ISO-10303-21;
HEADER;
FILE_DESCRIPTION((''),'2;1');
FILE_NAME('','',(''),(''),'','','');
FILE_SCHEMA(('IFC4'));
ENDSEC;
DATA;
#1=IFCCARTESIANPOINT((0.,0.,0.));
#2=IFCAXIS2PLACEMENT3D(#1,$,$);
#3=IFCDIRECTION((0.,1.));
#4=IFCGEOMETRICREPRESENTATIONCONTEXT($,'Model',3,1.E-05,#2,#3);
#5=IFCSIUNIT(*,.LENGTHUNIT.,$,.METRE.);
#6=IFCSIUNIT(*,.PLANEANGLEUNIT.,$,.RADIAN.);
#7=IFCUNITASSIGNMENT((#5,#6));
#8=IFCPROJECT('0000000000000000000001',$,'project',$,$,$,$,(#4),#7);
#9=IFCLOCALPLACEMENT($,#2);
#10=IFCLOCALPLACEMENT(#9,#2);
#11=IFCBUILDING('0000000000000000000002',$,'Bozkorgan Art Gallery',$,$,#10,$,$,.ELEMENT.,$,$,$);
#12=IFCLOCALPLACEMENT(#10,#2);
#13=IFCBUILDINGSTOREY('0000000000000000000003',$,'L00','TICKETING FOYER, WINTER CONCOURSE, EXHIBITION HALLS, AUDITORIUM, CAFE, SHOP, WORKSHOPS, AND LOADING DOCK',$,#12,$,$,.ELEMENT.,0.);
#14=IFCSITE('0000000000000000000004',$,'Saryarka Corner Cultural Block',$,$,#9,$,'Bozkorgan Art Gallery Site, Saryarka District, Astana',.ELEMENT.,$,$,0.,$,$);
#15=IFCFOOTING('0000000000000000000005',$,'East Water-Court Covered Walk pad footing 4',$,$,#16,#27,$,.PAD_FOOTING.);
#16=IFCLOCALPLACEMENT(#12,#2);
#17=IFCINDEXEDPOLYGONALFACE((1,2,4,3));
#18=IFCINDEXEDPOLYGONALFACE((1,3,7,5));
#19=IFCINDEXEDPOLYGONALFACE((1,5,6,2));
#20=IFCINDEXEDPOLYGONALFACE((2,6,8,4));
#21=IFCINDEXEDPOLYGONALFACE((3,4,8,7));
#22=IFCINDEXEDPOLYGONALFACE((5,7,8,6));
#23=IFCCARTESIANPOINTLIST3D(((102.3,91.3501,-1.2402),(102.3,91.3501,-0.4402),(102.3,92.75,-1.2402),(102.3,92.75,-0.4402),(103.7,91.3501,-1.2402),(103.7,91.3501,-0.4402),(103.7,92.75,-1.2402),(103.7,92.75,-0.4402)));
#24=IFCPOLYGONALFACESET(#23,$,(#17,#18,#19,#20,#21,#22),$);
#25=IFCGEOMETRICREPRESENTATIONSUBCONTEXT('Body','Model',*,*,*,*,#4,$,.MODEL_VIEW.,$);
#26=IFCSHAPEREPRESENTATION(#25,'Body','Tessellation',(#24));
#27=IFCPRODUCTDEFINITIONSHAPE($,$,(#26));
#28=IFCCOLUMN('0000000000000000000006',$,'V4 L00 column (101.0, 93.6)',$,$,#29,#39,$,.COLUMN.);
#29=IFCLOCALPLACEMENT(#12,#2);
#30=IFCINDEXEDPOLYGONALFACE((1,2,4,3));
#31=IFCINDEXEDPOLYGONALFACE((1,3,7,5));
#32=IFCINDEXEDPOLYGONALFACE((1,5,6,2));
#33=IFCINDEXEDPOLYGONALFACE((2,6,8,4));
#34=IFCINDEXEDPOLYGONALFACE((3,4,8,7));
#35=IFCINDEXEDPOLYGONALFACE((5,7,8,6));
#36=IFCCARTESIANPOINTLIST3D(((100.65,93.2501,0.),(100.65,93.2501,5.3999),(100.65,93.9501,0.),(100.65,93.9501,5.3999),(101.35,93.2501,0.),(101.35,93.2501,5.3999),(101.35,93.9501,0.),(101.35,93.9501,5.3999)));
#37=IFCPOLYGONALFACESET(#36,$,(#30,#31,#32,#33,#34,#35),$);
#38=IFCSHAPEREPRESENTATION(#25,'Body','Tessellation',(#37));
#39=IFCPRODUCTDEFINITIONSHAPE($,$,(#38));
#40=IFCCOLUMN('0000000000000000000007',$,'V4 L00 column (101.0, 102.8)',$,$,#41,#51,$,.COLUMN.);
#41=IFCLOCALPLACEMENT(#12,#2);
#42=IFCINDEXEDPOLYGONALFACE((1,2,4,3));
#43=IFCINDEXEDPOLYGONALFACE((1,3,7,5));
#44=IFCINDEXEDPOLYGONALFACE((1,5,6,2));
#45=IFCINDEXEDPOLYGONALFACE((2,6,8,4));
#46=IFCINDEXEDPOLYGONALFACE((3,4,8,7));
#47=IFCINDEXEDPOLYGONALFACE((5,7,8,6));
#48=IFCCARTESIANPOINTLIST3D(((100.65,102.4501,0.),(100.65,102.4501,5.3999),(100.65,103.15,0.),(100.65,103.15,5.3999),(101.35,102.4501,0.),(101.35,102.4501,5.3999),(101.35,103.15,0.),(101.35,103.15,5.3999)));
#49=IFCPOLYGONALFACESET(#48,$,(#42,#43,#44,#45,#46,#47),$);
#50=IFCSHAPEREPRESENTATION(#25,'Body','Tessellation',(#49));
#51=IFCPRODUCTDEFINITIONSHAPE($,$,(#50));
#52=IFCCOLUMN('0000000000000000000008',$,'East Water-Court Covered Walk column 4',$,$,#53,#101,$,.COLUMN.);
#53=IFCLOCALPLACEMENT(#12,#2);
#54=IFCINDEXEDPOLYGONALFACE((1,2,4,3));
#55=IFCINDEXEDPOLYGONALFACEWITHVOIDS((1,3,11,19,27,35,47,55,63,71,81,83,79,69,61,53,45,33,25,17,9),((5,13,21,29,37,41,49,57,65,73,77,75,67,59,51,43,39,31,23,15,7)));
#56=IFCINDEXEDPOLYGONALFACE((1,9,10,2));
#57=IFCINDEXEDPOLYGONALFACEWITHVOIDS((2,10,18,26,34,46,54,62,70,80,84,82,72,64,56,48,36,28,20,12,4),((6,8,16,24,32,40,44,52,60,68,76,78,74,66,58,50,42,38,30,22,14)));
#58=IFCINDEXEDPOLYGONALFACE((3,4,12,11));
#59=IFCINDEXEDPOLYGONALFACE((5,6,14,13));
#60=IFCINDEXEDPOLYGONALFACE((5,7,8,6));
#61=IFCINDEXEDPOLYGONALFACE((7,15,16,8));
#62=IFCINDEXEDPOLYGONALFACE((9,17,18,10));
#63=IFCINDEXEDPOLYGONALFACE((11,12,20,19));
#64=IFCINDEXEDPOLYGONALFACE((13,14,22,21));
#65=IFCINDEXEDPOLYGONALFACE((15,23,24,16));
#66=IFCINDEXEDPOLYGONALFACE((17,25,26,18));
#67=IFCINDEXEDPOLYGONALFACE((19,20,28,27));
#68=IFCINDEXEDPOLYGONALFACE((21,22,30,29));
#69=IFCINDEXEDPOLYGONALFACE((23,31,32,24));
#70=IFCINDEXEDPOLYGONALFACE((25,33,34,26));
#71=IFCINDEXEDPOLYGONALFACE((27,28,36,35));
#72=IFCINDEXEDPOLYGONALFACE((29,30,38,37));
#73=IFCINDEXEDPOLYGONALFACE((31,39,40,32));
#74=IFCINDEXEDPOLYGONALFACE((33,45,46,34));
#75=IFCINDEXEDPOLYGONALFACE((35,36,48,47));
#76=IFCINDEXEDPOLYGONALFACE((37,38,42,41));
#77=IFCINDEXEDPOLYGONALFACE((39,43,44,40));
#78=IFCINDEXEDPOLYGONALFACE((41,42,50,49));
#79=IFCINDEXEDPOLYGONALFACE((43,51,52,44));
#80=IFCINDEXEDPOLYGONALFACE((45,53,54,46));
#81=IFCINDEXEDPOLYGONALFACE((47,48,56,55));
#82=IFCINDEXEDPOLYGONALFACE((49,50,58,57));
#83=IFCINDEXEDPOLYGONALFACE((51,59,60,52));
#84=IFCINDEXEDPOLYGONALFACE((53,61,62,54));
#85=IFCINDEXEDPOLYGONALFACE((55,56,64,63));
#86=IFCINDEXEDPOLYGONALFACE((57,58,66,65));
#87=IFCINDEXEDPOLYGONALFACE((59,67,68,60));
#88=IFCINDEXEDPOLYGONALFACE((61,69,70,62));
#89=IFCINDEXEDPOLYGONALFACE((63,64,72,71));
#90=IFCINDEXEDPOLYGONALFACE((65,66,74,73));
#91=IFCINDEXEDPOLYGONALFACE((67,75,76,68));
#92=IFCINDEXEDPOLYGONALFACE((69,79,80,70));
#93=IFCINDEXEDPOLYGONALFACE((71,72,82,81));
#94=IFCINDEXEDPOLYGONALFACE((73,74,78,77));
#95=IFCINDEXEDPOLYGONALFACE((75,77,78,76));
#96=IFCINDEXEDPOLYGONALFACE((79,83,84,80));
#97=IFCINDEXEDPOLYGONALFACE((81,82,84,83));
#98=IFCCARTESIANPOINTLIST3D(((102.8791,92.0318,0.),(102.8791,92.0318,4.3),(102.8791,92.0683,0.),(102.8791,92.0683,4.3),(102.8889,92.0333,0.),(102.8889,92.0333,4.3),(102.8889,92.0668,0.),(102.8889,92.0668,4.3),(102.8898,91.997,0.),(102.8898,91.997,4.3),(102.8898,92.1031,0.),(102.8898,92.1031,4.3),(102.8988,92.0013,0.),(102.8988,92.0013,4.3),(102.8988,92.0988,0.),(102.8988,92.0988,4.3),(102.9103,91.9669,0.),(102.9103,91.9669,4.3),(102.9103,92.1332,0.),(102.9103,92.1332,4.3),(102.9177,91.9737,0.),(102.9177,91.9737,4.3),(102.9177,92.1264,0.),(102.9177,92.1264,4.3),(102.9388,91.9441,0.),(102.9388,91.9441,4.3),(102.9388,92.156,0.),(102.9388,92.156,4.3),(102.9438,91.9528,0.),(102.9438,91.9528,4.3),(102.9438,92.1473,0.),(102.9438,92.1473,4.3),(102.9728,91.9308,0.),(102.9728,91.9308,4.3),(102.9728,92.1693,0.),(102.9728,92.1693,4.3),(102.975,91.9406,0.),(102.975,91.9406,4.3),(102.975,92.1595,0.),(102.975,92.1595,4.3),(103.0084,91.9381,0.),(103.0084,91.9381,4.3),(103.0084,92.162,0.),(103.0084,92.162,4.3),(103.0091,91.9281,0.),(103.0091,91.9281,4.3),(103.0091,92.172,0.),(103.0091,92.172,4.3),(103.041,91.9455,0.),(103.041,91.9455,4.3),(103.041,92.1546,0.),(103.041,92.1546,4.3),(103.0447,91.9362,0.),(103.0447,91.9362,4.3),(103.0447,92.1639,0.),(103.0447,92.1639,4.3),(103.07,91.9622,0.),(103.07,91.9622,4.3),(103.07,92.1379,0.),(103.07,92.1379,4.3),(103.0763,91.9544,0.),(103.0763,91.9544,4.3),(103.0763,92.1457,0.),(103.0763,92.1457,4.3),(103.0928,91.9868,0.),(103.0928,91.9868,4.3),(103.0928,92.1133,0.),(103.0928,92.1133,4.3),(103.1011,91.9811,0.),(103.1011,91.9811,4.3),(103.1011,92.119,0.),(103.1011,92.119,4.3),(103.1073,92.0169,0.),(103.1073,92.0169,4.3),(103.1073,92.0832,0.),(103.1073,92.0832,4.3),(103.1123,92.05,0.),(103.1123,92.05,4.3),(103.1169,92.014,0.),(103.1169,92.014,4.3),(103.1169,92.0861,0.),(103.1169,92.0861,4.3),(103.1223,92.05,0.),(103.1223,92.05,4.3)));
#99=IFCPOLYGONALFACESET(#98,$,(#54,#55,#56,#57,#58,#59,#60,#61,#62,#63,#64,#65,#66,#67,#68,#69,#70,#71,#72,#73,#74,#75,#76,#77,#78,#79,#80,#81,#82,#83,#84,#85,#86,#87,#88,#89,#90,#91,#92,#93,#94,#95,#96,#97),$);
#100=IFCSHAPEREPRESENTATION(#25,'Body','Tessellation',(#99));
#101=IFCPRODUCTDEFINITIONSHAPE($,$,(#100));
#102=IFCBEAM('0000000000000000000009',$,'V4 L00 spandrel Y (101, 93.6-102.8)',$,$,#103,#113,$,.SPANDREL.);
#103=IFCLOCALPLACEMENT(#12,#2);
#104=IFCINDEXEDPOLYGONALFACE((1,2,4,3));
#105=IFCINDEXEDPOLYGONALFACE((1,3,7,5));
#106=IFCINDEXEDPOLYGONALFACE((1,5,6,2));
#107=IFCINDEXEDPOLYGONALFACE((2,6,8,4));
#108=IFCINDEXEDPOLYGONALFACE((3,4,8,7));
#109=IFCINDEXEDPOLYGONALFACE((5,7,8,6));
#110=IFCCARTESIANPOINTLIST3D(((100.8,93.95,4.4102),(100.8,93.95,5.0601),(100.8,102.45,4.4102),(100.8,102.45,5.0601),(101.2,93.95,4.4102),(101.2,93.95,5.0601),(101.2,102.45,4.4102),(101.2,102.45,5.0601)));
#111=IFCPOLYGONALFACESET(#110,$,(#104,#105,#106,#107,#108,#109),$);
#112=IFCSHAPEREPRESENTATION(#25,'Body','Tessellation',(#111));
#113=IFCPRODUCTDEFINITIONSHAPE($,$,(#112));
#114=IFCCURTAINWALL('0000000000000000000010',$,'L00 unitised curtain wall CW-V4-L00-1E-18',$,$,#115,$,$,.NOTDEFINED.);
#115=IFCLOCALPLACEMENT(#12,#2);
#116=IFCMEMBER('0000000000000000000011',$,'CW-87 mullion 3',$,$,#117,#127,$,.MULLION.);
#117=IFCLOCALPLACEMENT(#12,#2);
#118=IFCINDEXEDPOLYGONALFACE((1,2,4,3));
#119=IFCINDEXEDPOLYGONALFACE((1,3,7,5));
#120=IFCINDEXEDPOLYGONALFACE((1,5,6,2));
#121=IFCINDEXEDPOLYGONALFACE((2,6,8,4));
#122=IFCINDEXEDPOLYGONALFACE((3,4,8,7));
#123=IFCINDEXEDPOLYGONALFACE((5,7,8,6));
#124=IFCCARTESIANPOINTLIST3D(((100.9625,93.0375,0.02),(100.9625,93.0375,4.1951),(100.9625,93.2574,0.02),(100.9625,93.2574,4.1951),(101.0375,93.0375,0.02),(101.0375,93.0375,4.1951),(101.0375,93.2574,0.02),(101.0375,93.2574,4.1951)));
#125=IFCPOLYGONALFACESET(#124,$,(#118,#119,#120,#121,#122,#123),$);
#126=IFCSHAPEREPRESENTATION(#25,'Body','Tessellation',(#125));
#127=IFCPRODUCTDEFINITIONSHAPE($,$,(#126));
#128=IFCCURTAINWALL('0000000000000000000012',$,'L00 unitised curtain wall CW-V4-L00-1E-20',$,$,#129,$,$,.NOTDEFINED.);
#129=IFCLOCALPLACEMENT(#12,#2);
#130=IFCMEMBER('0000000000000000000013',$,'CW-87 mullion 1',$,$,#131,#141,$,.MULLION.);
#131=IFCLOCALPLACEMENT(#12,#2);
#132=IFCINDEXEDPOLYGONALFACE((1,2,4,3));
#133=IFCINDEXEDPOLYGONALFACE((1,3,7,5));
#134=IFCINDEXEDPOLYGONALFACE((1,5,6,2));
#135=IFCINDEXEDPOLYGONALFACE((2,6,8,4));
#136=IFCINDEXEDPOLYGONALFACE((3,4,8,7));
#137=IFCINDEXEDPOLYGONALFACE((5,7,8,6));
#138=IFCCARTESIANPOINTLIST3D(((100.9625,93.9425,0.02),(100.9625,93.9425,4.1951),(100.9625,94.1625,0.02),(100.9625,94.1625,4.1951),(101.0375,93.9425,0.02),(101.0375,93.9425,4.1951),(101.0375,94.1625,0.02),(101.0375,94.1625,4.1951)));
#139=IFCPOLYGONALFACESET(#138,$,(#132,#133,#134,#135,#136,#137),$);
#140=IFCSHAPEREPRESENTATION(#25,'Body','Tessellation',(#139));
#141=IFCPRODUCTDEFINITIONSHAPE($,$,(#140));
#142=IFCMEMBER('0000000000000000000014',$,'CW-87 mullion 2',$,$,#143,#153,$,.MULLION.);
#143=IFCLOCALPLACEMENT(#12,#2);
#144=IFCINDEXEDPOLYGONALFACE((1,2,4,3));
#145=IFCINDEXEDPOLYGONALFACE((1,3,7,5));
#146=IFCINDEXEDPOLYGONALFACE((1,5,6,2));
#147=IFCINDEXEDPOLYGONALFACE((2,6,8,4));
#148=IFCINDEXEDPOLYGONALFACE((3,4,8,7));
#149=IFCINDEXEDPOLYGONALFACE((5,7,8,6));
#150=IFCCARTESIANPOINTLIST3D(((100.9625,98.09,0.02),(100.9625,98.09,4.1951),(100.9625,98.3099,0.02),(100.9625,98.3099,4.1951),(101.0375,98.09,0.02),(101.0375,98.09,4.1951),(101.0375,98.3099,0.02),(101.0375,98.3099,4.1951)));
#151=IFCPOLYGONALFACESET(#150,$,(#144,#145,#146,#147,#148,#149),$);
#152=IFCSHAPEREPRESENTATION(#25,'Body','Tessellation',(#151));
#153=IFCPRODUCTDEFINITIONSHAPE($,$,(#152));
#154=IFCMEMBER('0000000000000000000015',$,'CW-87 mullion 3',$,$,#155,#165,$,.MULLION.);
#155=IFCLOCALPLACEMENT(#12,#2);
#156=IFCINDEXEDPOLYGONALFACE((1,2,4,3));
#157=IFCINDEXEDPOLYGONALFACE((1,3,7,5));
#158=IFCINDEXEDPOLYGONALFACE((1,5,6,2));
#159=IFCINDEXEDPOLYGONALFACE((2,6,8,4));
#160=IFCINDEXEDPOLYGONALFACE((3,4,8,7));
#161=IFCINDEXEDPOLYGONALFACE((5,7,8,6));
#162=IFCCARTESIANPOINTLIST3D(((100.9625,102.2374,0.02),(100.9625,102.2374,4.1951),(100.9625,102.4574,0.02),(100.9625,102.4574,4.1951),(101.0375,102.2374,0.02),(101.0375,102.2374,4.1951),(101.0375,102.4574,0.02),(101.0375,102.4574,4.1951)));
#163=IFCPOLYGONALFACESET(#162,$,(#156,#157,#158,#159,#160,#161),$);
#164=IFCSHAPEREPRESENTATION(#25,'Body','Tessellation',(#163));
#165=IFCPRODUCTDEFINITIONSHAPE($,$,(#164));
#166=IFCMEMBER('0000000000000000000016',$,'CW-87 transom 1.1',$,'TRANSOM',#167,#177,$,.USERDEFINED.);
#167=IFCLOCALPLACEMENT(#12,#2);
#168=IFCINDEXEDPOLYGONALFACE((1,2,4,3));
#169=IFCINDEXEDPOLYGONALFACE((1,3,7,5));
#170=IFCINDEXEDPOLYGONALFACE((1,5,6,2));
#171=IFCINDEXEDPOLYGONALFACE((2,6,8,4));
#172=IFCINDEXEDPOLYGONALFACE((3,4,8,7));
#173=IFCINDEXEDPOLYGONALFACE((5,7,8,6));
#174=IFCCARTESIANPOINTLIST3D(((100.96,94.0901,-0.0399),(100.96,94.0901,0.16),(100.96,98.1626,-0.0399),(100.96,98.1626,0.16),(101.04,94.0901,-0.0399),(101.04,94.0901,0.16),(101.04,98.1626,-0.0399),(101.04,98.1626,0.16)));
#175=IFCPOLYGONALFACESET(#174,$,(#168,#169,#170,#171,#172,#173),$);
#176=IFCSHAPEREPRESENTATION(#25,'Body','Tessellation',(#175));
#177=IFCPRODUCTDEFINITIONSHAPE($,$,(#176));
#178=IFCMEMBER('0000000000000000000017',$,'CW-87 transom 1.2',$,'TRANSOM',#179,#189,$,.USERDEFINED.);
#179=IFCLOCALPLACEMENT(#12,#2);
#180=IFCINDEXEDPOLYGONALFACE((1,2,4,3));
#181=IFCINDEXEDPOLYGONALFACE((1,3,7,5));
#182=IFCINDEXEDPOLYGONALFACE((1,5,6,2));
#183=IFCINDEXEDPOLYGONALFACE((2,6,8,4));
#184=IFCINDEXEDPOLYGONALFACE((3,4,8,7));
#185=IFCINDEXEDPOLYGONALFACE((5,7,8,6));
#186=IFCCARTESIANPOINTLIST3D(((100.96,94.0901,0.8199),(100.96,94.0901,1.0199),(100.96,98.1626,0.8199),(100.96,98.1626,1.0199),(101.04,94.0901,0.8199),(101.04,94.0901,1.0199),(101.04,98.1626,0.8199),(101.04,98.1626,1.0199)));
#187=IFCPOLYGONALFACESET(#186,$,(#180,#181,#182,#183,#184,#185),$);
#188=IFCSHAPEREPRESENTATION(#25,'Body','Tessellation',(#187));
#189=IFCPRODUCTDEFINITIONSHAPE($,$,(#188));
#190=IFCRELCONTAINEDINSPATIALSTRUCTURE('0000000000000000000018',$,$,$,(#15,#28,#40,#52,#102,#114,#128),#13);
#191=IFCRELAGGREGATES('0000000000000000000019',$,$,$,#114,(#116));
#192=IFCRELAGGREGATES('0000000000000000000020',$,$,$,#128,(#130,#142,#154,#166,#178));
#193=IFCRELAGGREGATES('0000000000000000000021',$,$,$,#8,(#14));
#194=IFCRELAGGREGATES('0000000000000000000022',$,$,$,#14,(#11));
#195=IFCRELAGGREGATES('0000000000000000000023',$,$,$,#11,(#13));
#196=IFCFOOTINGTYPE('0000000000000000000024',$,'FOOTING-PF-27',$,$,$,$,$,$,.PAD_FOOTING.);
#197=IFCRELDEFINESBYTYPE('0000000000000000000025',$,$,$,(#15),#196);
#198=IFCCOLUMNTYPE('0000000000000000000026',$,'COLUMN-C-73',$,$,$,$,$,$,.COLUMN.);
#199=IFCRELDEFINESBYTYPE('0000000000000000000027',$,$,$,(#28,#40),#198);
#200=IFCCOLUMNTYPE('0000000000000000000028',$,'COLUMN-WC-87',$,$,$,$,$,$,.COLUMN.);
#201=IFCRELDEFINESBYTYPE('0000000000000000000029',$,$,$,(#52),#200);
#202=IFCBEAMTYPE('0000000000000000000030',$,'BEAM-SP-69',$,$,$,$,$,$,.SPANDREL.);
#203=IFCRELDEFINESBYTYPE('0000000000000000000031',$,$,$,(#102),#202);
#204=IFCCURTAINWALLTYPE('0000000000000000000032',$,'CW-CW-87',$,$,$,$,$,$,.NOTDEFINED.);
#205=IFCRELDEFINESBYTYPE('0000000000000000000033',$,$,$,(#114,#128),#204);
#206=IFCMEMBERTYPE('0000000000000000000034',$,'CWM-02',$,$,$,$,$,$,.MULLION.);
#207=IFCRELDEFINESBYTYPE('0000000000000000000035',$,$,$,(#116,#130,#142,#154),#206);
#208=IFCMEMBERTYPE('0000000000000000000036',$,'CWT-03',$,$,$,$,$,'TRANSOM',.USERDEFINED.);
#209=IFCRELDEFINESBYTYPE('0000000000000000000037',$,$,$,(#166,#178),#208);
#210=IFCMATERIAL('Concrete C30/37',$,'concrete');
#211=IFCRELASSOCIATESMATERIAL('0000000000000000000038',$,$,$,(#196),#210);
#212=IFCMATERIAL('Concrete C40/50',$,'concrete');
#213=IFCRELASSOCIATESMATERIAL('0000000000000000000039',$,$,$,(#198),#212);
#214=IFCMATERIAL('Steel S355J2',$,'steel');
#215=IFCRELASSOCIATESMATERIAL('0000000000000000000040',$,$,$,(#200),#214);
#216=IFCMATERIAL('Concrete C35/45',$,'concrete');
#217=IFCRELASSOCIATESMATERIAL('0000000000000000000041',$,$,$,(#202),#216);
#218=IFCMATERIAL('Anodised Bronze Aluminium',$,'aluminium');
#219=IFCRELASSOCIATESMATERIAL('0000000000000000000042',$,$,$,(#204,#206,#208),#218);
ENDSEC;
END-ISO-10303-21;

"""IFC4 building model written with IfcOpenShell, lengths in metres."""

from ifc_helpers import new_model, si_unit, direction, frame, origin, origin_2d, place, context, subcontext, project, spatial, rectangle, hollow_circle, extrude, material, material_profile, profile_set, type_object, element, aggregate, save


model = new_model("IFC4")

# Units and contexts
model_context = context("Model", 3, precision=1e-05, world=origin(), true_north=direction((0.0, 1.0)))
body_context = subcontext(model_context, "Body", "Model", "MODEL_VIEW")
ifc_project = project(units=[si_unit("LENGTHUNIT", "METRE"), si_unit("PLANEANGLEUNIT", "RADIAN")], contexts=[model_context])

# Site, building, storey
site_placement = place(None, origin())
site = spatial("IfcSite", under=ifc_project, at=site_placement, Name="Saryarka Corner Cultural Block", LongName="Bozkorgan Art Gallery Site, Saryarka District, Astana", CompositionType="ELEMENT", RefElevation=0.0)
building_placement = place(site_placement, origin())
building = spatial("IfcBuilding", under=site, at=building_placement, Name="Bozkorgan Art Gallery", CompositionType="ELEMENT")
storey_placement = place(building_placement, origin())
storey = spatial("IfcBuildingStorey", under=building, at=storey_placement, Name="L00", Description="TICKETING FOYER, WINTER CONCOURSE, EXHIBITION HALLS, AUDITORIUM, CAFE, SHOP, WORKSHOPS, AND LOADING DOCK", CompositionType="ELEMENT", Elevation=0.0)

# Footing
ifc_material_1 = material(Name="Concrete C30/37", Category="concrete")
footing_type = type_object("IfcFootingType", Name="FOOTING-PF-27", PredefinedType="PAD_FOOTING", material=ifc_material_1)
footing_placement = place(storey_placement, frame((103.0, 92.05, -1.2402), z_axis=(0.0, 0.0, 1.0), x_axis=(1.0, 0.0, 0.0)))
element("IfcFooting", 1, at=footing_placement, inside=storey, type_object=footing_type, Name="East Water-Court Covered Walk pad footing 4", PredefinedType="PAD_FOOTING", context=body_context, shape_type="SweptSolid", body=[
    extrude(rectangle(XDim=1.3999, YDim=1.3999, at=origin_2d()), origin(), (0.0, 0.0, 1.0), 0.8),
])

# Columns
ifc_material_2 = material(Name="Concrete C40/50", Category="concrete")
ifc_material_profile_1 = material_profile(ifc_material_2, rectangle(XDim=0.7, YDim=0.7, at=origin_2d()), Name="RC 700x700")
ifc_profile_set_1 = profile_set([ifc_material_profile_1], Name="Concrete C40/50")
column_type_1 = type_object("IfcColumnType", Name="COLUMN-C-73", PredefinedType="COLUMN", material=ifc_profile_set_1)
for number, where, z_axis, x_axis, name in (
    (2, (101.0, 93.6001, 0.0), (0.0, 0.0, 1.0), (1.0, 0.0, 0.0), "V4 L00 column (101.0, 93.6)"),
    (3, (101.0, 102.8, 0.0), (0.0, 0.0, 1.0), (1.0, 0.0, 0.0), "V4 L00 column (101.0, 102.8)"),
):
    element("IfcColumn", number, at=place(storey_placement, frame(where, z_axis=z_axis, x_axis=x_axis)), inside=storey, type_object=column_type_1, Name=name, PredefinedType="COLUMN", context=body_context, shape_type="SweptSolid", body=[
        extrude(rectangle(XDim=0.7, YDim=0.7, at=origin_2d()), origin(), (0.0, 0.0, 1.0), 5.3999),
    ])
ifc_material_3 = material(Name="Steel S355J2", Category="steel")
ifc_material_profile_2 = material_profile(ifc_material_3, hollow_circle(Radius=0.1223, WallThickness=0.01, at=origin_2d()), Name="CHS 244.5x10")
ifc_profile_set_2 = profile_set([ifc_material_profile_2], Name="Steel S355J2")
column_type_2 = type_object("IfcColumnType", Name="COLUMN-WC-87", PredefinedType="COLUMN", material=ifc_profile_set_2)
column_placement = place(storey_placement, frame((103.0, 92.05, 0.0), z_axis=(0.0, 0.0, 1.0), x_axis=(1.0, 0.0, 0.0)))
element("IfcColumn", 4, at=column_placement, inside=storey, type_object=column_type_2, Name="East Water-Court Covered Walk column 4", PredefinedType="COLUMN", context=body_context, shape_type="SweptSolid", body=[
    extrude(hollow_circle(Radius=0.1223, WallThickness=0.01, at=origin_2d()), origin(), (0.0, 0.0, 1.0), 4.3),
])

# Beam
ifc_material_4 = material(Name="Concrete C35/45", Category="concrete")
ifc_material_profile_3 = material_profile(ifc_material_4, rectangle(XDim=0.3999, YDim=0.6499, at=origin_2d()), Name="RC 400x650")
ifc_profile_set_3 = profile_set([ifc_material_profile_3], Name="Concrete C35/45")
beam_type = type_object("IfcBeamType", Name="BEAM-SP-69", PredefinedType="SPANDREL", material=ifc_profile_set_3)
beam_placement = place(storey_placement, frame((101.0, 93.95, 4.7351), z_axis=(0.0, 1.0, 0.0), x_axis=(-1.0, 0.0, 0.0)))
element("IfcBeam", 5, at=beam_placement, inside=storey, type_object=beam_type, Name="V4 L00 spandrel Y (101, 93.6-102.8)", PredefinedType="SPANDREL", context=body_context, shape_type="SweptSolid", body=[
    extrude(rectangle(XDim=0.3999, YDim=0.6499, at=origin_2d()), origin(), (0.0, 0.0, 1.0), 8.5),
])

# Curtain wall, member
ifc_material_5 = material(Name="Anodised Bronze Aluminium", Category="aluminium")
curtain_wall_type = type_object("IfcCurtainWallType", Name="CW-CW-87", PredefinedType="NOTDEFINED", material=ifc_material_5)
curtain_wall_1_placement = place(storey_placement, origin())
curtain_wall_1 = element("IfcCurtainWall", 6, at=curtain_wall_1_placement, inside=storey, type_object=curtain_wall_type, Name="L00 unitised curtain wall CW-V4-L00-1E-18", PredefinedType="NOTDEFINED")
ifc_material_profile_4 = material_profile(ifc_material_5, rectangle(XDim=0.075, YDim=0.22, at=origin_2d()), Name="ALU MULLION 75x220")
ifc_profile_set_4 = profile_set([ifc_material_profile_4], Name="Anodised Bronze Aluminium")
member_type_1 = type_object("IfcMemberType", Name="CWM-02", PredefinedType="MULLION", material=ifc_profile_set_4)
member_1_placement = place(storey_placement, frame((101.0, 93.1475, 0.02), z_axis=(0.0, 0.0, 1.0), x_axis=(-1.0, 0.0, 0.0)))
member_1 = element("IfcMember", 7, at=member_1_placement, type_object=member_type_1, Name="CW-87 mullion 3", PredefinedType="MULLION", context=body_context, shape_type="SweptSolid", body=[
    extrude(rectangle(XDim=0.075, YDim=0.22, at=origin_2d()), origin(), (0.0, 0.0, 1.0), 4.175),
])
aggregate(curtain_wall_1, [member_1])

# Curtain wall, members
curtain_wall_2_placement = place(storey_placement, origin())
curtain_wall_2 = element("IfcCurtainWall", 8, at=curtain_wall_2_placement, inside=storey, type_object=curtain_wall_type, Name="L00 unitised curtain wall CW-V4-L00-1E-20", PredefinedType="NOTDEFINED")
member_2_placement = place(storey_placement, frame((101.0, 94.0525, 0.02), z_axis=(0.0, 0.0, 1.0), x_axis=(-1.0, 0.0, 0.0)))
member_2 = element("IfcMember", 9, at=member_2_placement, type_object=member_type_1, Name="CW-87 mullion 1", PredefinedType="MULLION", context=body_context, shape_type="SweptSolid", body=[
    extrude(rectangle(XDim=0.075, YDim=0.22, at=origin_2d()), origin(), (0.0, 0.0, 1.0), 4.175),
])
member_3_placement = place(storey_placement, frame((101.0, 98.2, 0.02), z_axis=(0.0, 0.0, 1.0), x_axis=(-1.0, 0.0, 0.0)))
member_3 = element("IfcMember", 10, at=member_3_placement, type_object=member_type_1, Name="CW-87 mullion 2", PredefinedType="MULLION", context=body_context, shape_type="SweptSolid", body=[
    extrude(rectangle(XDim=0.075, YDim=0.22, at=origin_2d()), origin(), (0.0, 0.0, 1.0), 4.175),
])
member_4_placement = place(storey_placement, frame((101.0, 102.3474, 0.02), z_axis=(0.0, 0.0, 1.0), x_axis=(-1.0, 0.0, 0.0)))
member_4 = element("IfcMember", 11, at=member_4_placement, type_object=member_type_1, Name="CW-87 mullion 3", PredefinedType="MULLION", context=body_context, shape_type="SweptSolid", body=[
    extrude(rectangle(XDim=0.075, YDim=0.22, at=origin_2d()), origin(), (0.0, 0.0, 1.0), 4.175),
])
ifc_material_profile_5 = material_profile(ifc_material_5, rectangle(XDim=0.0801, YDim=0.2, at=origin_2d()), Name="ALU TRANSOM 80x200")
ifc_profile_set_5 = profile_set([ifc_material_profile_5], Name="Anodised Bronze Aluminium")
member_type_2 = type_object("IfcMemberType", Name="CWT-03", ElementType="TRANSOM", PredefinedType="USERDEFINED", material=ifc_profile_set_5)
member_5_placement = place(storey_placement, frame((101.0, 94.0901, 0.0601), z_axis=(0.0, 1.0, 0.0), x_axis=(-1.0, 0.0, 0.0)))
member_5 = element("IfcMember", 12, at=member_5_placement, type_object=member_type_2, Name="CW-87 transom 1.1", ObjectType="TRANSOM", PredefinedType="USERDEFINED", context=body_context, shape_type="SweptSolid", body=[
    extrude(rectangle(XDim=0.0801, YDim=0.2, at=origin_2d()), origin(), (0.0, 0.0, 1.0), 4.0725),
])
member_6_placement = place(storey_placement, frame((101.0, 94.0901, 0.9199), z_axis=(0.0, 1.0, 0.0), x_axis=(-1.0, 0.0, 0.0)))
member_6 = element("IfcMember", 13, at=member_6_placement, type_object=member_type_2, Name="CW-87 transom 1.2", ObjectType="TRANSOM", PredefinedType="USERDEFINED", context=body_context, shape_type="SweptSolid", body=[
    extrude(rectangle(XDim=0.0801, YDim=0.2, at=origin_2d()), origin(), (0.0, 0.0, 1.0), 4.0725),
])

aggregate(curtain_wall_2, [member_2, member_3, member_4, member_5, member_6])

save(model, "model.ifc")
